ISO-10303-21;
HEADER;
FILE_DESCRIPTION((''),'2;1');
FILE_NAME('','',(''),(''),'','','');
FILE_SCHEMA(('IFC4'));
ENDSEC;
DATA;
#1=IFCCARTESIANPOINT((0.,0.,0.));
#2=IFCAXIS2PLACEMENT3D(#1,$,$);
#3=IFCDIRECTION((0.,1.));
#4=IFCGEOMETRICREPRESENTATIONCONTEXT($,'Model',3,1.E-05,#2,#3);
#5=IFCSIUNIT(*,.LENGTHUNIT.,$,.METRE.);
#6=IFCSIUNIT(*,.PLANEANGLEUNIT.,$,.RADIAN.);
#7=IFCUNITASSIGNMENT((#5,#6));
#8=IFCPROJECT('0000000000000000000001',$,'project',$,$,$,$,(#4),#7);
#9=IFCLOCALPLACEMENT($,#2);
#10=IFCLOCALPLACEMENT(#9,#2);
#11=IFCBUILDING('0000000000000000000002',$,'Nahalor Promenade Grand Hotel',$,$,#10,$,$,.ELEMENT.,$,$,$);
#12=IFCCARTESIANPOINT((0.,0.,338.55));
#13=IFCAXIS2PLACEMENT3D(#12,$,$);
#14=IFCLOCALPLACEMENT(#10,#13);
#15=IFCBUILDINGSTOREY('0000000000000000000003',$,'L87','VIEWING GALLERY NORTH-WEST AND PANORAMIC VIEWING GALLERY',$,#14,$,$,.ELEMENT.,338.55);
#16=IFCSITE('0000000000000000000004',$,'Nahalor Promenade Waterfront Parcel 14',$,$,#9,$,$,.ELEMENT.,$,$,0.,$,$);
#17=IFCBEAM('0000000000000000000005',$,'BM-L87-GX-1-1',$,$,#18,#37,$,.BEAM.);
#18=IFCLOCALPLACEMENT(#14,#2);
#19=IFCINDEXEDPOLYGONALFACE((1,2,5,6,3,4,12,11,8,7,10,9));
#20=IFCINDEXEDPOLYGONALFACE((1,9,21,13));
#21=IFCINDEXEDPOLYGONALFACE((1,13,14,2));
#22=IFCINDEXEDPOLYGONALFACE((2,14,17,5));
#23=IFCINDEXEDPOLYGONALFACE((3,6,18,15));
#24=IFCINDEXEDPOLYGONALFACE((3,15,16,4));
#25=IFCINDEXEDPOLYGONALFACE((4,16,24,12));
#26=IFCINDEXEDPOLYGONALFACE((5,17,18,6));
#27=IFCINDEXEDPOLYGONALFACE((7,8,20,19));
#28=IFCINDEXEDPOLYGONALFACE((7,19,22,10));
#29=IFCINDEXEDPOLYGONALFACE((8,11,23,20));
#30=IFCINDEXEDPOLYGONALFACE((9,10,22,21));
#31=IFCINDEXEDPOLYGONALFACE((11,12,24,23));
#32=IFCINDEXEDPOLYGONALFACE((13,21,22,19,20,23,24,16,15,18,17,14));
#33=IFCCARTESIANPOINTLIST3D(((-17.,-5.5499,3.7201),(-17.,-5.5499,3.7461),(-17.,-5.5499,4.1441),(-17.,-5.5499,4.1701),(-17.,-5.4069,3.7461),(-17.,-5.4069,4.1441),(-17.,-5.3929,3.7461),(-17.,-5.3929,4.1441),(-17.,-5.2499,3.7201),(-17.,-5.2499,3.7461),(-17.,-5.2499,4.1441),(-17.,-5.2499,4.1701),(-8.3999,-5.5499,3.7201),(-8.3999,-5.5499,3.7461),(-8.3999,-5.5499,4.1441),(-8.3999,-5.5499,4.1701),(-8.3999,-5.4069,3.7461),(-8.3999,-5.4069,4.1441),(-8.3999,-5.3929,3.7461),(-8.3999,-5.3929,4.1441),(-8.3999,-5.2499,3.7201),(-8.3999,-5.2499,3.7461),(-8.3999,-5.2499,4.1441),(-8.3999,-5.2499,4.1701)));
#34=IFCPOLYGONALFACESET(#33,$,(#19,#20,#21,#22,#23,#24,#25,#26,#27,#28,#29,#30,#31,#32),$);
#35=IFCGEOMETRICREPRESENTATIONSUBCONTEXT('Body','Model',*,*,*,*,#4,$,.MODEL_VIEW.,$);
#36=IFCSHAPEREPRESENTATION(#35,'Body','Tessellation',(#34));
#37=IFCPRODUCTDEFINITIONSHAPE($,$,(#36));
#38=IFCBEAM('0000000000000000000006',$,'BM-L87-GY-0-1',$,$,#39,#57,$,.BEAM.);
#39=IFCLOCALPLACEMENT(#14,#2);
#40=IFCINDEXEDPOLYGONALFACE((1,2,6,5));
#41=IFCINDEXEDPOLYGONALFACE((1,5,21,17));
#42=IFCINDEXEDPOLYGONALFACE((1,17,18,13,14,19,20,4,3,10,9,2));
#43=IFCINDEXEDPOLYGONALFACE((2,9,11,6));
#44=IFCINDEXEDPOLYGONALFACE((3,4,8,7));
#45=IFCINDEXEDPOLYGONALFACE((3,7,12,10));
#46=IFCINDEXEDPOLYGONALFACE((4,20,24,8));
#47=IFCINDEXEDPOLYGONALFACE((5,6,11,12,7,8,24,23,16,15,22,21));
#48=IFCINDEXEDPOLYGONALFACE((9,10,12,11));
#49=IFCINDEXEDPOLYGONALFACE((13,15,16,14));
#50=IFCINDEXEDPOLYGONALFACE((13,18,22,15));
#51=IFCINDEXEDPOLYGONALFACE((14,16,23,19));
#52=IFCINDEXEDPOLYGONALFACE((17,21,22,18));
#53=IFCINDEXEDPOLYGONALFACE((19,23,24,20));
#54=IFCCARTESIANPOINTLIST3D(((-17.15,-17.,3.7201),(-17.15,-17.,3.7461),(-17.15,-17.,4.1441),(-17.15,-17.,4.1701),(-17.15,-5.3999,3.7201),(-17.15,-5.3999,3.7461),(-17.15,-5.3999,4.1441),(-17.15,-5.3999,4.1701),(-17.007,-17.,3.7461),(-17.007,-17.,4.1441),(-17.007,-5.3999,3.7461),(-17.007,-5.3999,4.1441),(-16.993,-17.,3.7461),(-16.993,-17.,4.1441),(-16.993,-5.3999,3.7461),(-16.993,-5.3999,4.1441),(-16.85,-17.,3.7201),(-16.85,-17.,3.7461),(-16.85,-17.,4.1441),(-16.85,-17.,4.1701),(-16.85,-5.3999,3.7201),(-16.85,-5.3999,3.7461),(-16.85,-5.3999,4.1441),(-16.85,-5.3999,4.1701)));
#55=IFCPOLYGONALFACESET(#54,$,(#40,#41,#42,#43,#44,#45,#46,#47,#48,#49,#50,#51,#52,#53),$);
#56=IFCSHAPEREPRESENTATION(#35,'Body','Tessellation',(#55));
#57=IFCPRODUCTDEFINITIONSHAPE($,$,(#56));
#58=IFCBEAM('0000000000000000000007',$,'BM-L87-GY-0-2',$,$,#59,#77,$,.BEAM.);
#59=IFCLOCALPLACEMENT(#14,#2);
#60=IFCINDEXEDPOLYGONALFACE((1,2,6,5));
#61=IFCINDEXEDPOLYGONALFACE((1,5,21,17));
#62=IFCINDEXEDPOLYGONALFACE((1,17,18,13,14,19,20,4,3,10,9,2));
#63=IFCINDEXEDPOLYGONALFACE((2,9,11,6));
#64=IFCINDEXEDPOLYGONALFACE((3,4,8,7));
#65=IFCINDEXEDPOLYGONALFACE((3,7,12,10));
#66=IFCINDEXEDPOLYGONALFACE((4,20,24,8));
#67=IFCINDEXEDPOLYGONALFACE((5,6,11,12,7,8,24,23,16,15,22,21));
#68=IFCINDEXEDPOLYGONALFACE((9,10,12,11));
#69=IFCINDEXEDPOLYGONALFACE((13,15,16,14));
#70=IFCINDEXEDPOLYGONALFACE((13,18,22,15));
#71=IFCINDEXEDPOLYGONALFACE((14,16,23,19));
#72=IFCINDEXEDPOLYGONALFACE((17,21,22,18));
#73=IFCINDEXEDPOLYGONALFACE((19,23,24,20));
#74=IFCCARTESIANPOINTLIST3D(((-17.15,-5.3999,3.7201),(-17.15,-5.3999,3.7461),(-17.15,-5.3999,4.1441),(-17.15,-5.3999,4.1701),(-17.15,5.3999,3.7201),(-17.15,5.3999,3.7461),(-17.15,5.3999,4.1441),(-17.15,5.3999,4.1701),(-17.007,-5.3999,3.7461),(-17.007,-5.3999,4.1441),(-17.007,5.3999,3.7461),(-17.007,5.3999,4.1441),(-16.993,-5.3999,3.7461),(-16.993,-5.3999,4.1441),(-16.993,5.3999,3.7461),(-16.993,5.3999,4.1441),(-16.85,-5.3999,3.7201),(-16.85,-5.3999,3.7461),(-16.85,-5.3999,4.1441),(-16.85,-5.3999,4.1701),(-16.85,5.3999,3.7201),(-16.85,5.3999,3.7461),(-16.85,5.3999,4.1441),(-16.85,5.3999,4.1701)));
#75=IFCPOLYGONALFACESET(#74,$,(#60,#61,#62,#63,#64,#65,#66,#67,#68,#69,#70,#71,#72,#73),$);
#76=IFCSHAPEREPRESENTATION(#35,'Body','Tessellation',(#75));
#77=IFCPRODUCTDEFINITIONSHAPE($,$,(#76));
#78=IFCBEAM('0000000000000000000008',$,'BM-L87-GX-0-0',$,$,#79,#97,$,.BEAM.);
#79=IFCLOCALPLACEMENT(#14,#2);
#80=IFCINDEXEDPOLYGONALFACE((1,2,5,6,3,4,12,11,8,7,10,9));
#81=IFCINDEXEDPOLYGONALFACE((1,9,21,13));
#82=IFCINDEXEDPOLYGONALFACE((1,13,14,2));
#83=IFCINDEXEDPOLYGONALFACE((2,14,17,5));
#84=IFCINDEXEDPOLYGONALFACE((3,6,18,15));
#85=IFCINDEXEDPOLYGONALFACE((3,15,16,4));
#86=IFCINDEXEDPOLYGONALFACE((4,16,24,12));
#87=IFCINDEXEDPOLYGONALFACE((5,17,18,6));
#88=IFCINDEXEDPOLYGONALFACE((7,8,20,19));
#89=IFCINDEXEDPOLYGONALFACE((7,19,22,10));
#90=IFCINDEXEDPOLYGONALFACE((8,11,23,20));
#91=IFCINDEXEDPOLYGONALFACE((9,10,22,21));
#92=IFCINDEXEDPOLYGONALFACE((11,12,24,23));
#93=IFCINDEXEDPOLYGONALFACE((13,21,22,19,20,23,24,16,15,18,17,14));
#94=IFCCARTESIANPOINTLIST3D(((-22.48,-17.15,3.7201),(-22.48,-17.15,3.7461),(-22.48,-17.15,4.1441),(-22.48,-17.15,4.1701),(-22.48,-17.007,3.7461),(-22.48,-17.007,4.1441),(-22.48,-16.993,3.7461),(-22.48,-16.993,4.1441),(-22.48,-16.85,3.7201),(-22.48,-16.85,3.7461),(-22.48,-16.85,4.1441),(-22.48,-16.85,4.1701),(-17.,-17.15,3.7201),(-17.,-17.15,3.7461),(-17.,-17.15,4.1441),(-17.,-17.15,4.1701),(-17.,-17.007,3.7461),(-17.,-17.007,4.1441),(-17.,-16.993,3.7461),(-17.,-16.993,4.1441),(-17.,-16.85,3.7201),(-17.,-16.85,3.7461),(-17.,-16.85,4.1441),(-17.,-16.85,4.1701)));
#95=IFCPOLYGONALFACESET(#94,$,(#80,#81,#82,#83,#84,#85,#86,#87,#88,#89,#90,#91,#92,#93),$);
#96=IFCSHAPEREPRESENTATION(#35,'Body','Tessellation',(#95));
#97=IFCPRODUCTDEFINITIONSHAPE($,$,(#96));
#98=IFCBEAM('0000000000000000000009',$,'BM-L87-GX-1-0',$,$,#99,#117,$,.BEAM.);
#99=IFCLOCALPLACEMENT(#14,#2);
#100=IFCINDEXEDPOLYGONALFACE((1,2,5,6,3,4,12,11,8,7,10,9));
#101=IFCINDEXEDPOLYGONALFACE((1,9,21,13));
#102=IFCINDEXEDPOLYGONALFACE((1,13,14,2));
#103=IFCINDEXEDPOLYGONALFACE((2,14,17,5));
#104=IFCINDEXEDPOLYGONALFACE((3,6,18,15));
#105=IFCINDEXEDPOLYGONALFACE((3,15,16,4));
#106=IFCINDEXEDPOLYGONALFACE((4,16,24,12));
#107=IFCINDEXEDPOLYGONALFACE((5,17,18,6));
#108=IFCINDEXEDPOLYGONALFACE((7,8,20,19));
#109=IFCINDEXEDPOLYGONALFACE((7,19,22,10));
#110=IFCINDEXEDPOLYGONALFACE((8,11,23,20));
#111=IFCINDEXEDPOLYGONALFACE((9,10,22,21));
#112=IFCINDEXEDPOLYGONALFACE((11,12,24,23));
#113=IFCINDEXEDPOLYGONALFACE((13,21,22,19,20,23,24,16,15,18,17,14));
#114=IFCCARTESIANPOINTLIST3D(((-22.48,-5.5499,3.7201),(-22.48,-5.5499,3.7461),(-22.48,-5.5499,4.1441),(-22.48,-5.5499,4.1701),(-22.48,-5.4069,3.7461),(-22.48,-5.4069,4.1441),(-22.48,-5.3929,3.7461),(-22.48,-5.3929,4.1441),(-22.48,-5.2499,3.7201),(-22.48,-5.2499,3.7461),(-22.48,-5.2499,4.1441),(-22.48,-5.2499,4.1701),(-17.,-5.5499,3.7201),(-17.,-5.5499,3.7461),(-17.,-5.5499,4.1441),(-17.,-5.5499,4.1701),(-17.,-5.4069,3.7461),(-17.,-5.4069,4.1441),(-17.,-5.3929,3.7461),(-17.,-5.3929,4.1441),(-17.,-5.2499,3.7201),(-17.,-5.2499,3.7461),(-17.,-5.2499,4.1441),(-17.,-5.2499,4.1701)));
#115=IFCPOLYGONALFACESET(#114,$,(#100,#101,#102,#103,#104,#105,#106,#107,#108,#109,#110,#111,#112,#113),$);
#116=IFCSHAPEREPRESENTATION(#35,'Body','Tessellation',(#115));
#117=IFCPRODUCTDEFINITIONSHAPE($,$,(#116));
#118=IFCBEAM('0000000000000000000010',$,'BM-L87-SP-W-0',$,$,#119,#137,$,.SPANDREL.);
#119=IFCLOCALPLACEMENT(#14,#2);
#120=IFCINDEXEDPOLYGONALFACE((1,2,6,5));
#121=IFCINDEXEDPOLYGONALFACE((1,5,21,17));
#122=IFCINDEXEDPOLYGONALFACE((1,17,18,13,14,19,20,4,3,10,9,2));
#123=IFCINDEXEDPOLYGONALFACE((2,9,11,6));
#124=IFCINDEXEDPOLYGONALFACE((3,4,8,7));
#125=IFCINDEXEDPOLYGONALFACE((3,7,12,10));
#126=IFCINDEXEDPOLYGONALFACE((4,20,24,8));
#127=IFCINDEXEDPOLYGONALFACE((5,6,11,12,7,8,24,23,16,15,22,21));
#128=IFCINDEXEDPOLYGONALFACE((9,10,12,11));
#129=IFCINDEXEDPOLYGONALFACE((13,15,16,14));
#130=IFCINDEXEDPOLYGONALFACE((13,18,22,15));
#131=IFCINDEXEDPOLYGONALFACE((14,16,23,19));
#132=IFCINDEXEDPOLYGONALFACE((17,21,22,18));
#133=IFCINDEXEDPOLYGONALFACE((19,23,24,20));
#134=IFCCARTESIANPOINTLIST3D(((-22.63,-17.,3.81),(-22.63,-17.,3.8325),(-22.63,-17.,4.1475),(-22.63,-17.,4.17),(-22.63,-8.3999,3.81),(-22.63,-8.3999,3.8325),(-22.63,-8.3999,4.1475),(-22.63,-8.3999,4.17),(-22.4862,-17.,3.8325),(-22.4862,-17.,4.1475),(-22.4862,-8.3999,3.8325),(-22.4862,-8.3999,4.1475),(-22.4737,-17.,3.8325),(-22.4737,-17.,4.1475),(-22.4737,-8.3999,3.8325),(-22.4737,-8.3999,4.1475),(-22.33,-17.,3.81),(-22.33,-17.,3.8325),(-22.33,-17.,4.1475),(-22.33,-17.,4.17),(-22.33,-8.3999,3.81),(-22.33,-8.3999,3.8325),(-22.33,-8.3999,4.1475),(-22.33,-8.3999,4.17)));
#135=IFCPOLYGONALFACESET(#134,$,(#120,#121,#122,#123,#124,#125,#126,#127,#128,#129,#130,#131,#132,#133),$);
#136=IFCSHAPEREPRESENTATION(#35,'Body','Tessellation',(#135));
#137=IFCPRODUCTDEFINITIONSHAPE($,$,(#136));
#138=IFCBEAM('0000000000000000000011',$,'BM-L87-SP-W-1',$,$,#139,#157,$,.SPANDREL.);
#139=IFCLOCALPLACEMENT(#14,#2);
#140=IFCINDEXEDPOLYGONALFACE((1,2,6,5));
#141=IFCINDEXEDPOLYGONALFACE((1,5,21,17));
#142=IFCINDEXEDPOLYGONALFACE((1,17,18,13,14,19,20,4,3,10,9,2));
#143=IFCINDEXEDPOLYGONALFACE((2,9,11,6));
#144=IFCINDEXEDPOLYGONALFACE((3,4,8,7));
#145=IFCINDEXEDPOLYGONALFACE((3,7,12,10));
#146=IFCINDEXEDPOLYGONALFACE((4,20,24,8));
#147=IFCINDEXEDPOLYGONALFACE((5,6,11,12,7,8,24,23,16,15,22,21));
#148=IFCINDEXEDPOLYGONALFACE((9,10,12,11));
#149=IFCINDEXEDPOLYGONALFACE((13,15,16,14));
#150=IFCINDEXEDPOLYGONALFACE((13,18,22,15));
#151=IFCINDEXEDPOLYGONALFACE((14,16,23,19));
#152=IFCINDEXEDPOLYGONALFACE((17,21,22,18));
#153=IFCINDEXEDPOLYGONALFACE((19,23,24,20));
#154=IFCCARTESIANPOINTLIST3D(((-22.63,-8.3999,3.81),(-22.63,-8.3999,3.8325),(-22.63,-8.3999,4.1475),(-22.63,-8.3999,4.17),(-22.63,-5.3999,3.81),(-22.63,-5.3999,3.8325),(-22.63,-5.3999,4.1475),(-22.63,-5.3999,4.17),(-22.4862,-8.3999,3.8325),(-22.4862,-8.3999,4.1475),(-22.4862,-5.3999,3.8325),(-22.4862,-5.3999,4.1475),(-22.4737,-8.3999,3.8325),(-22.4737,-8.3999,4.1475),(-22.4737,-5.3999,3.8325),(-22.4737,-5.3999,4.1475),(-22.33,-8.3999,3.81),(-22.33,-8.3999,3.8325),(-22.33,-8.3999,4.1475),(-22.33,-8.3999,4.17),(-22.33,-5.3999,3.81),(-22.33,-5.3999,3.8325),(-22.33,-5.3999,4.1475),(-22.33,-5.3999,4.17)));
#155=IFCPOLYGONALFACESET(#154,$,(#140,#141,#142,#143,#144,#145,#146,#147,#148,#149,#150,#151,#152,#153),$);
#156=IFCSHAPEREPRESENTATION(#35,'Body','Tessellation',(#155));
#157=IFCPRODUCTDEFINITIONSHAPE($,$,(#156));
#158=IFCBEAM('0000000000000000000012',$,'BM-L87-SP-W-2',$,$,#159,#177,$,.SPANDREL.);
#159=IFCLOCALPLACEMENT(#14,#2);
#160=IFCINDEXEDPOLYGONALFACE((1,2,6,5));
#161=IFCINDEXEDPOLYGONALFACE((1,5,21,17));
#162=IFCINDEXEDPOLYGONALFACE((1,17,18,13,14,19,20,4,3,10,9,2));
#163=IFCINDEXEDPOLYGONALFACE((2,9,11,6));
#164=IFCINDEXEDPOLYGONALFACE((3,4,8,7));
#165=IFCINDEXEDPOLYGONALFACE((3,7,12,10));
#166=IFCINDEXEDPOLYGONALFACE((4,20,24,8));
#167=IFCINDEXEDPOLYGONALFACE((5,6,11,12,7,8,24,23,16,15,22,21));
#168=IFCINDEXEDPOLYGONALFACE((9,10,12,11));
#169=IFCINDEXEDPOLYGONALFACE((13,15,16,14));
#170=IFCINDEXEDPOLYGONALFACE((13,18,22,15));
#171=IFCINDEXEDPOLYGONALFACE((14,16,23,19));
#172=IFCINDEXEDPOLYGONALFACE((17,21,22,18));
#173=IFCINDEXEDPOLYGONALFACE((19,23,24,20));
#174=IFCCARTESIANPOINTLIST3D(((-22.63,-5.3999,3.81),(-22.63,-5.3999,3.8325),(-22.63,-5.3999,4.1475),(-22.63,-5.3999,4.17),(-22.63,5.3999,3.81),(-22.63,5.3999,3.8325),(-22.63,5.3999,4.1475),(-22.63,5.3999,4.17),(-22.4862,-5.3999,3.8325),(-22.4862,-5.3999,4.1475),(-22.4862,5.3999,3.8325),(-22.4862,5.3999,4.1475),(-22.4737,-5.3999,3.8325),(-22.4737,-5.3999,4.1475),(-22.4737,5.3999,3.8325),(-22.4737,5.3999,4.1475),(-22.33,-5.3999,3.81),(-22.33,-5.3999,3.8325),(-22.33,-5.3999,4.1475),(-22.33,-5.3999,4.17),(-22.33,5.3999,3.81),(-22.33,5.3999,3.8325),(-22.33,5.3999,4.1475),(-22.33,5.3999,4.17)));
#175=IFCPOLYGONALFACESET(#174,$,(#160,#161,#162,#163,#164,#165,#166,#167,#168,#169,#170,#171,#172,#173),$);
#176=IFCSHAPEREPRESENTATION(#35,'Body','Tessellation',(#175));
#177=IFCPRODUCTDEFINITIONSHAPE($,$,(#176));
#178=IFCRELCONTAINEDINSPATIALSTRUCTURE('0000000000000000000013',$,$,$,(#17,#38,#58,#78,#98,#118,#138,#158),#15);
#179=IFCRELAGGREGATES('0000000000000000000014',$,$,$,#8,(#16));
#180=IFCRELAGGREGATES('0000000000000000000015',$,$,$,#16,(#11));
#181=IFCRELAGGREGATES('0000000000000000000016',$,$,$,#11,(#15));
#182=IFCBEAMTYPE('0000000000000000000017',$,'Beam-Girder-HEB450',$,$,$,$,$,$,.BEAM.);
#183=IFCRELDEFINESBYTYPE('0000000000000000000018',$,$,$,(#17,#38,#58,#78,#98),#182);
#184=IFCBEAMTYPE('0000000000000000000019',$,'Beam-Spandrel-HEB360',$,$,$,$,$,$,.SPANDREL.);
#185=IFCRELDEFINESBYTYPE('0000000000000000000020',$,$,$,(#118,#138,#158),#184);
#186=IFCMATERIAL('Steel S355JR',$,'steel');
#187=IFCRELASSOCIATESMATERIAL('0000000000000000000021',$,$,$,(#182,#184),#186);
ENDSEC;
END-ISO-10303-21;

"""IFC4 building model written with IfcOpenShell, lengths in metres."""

from ifc_helpers import new_model, si_unit, direction, frame, origin, origin_2d, place, context, subcontext, project, spatial, i_section, extrude, source, transform, mapped, material, material_profile, profile_set, type_object, element, save


model = new_model("IFC4")

# Units and contexts
model_context = context("Model", 3, precision=1e-05, world=origin(), true_north=direction((0.0, 1.0)))
body_context = subcontext(model_context, "Body", "Model", "MODEL_VIEW")
ifc_project = project(units=[si_unit("LENGTHUNIT", "METRE"), si_unit("PLANEANGLEUNIT", "RADIAN")], contexts=[model_context])

# Site, building, storey
site_placement = place(None, origin())
site = spatial("IfcSite", under=ifc_project, at=site_placement, Name="Nahalor Promenade Waterfront Parcel 14", CompositionType="ELEMENT", RefElevation=0.0)
building_placement = place(site_placement, origin())
building = spatial("IfcBuilding", under=site, at=building_placement, Name="Nahalor Promenade Grand Hotel", CompositionType="ELEMENT")
storey_placement = place(building_placement, frame((0.0, 0.0, 338.55)))
storey = spatial("IfcBuildingStorey", under=building, at=storey_placement, Name="L87", Description="VIEWING GALLERY NORTH-WEST AND PANORAMIC VIEWING GALLERY", CompositionType="ELEMENT", Elevation=338.55)

# Shared definitions
ifc_material_1 = material(Name="Steel S355JR", Category="steel")

# Beams
ifc_material_profile_1 = material_profile(ifc_material_1, i_section(OverallWidth=0.3, OverallDepth=0.45, WebThickness=0.014, FlangeThickness=0.026, at=origin_2d()), Name="HEB 450")
ifc_profile_set_1 = profile_set([ifc_material_profile_1], Name="Steel S355JR")
beam_type_1 = type_object("IfcBeamType", Name="Beam-Girder-HEB450", PredefinedType="BEAM", material=ifc_profile_set_1)
shared_shape_1 = source(origin(), body_context, "Body", "SweptSolid", [
    extrude(i_section(OverallWidth=0.3, OverallDepth=0.45, WebThickness=0.014, FlangeThickness=0.026, at=origin_2d()), origin(), (0.0, 0.0, 1.0), 8.6001),
])
for number, where, z_axis, x_axis, name in (
    (1, (-17.0, -5.3999, 3.9451), (1.0, 0.0, 0.0), (0.0, 1.0, 0.0), "BM-L87-GX-1-1"),
):
    element("IfcBeam", number, at=place(storey_placement, frame(where, z_axis=z_axis, x_axis=x_axis)), inside=storey, type_object=beam_type_1, Name=name, PredefinedType="BEAM", context=body_context, shape_type="MappedRepresentation", body=[
        mapped(shared_shape_1, transform((0.0, 0.0, 0.0), scale=1.0)),
    ])
shared_shape_2 = source(origin(), body_context, "Body", "SweptSolid", [
    extrude(i_section(OverallWidth=0.3, OverallDepth=0.45, WebThickness=0.014, FlangeThickness=0.026, at=origin_2d()), origin(), (0.0, 0.0, 1.0), 11.6001),
])
beam_1_placement = place(storey_placement, frame((-17.0, -17.0, 3.9451), z_axis=(0.0, 1.0, 0.0), x_axis=(-1.0, 0.0, 0.0)))
element("IfcBeam", 2, at=beam_1_placement, inside=storey, type_object=beam_type_1, Name="BM-L87-GY-0-1", PredefinedType="BEAM", context=body_context, shape_type="MappedRepresentation", body=[
    mapped(shared_shape_2, transform((0.0, 0.0, 0.0), scale=1.0)),
])
shared_shape_3 = source(origin(), body_context, "Body", "SweptSolid", [
    extrude(i_section(OverallWidth=0.3, OverallDepth=0.45, WebThickness=0.014, FlangeThickness=0.026, at=origin_2d()), origin(), (0.0, 0.0, 1.0), 10.7998),
])
beam_2_placement = place(storey_placement, frame((-17.0, -5.3999, 3.9451), z_axis=(0.0, 1.0, 0.0), x_axis=(-1.0, 0.0, 0.0)))
element("IfcBeam", 3, at=beam_2_placement, inside=storey, type_object=beam_type_1, Name="BM-L87-GY-0-2", PredefinedType="BEAM", context=body_context, shape_type="MappedRepresentation", body=[
    mapped(shared_shape_3, transform((0.0, 0.0, 0.0), scale=1.0)),
])
shared_shape_4 = source(origin(), body_context, "Body", "SweptSolid", [
    extrude(i_section(OverallWidth=0.3, OverallDepth=0.45, WebThickness=0.014, FlangeThickness=0.026, at=origin_2d()), origin(), (0.0, 0.0, 1.0), 5.48),
])
for number, where, z_axis, x_axis, name in (
    (4, (-22.48, -17.0, 3.9451), (1.0, 0.0, 0.0), (0.0, 1.0, 0.0), "BM-L87-GX-0-0"),
    (5, (-22.48, -5.3999, 3.9451), (1.0, 0.0, 0.0), (0.0, 1.0, 0.0), "BM-L87-GX-1-0"),
):
    element("IfcBeam", number, at=place(storey_placement, frame(where, z_axis=z_axis, x_axis=x_axis)), inside=storey, type_object=beam_type_1, Name=name, PredefinedType="BEAM", context=body_context, shape_type="MappedRepresentation", body=[
        mapped(shared_shape_4, transform((0.0, 0.0, 0.0), scale=1.0)),
    ])
ifc_material_profile_2 = material_profile(ifc_material_1, i_section(OverallWidth=0.3, OverallDepth=0.36, WebThickness=0.0125, FlangeThickness=0.0225, at=origin_2d()), Name="HEB 360")
ifc_profile_set_2 = profile_set([ifc_material_profile_2], Name="Steel S355JR")
beam_type_2 = type_object("IfcBeamType", Name="Beam-Spandrel-HEB360", PredefinedType="SPANDREL", material=ifc_profile_set_2)
shared_shape_5 = source(origin(), body_context, "Body", "SweptSolid", [
    extrude(i_section(OverallWidth=0.3, OverallDepth=0.36, WebThickness=0.0125, FlangeThickness=0.0225, at=origin_2d()), origin(), (0.0, 0.0, 1.0), 8.6001),
])
beam_3_placement = place(storey_placement, frame((-22.48, -17.0, 3.99), z_axis=(0.0, 1.0, 0.0), x_axis=(-1.0, 0.0, 0.0)))
element("IfcBeam", 6, at=beam_3_placement, inside=storey, type_object=beam_type_2, Name="BM-L87-SP-W-0", PredefinedType="SPANDREL", context=body_context, shape_type="MappedRepresentation", body=[
    mapped(shared_shape_5, transform((0.0, 0.0, 0.0), scale=1.0)),
])
shared_shape_6 = source(origin(), body_context, "Body", "SweptSolid", [
    extrude(i_section(OverallWidth=0.3, OverallDepth=0.36, WebThickness=0.0125, FlangeThickness=0.0225, at=origin_2d()), origin(), (0.0, 0.0, 1.0), 3.0),
])
beam_4_placement = place(storey_placement, frame((-22.48, -8.3999, 3.99), z_axis=(0.0, 1.0, 0.0), x_axis=(-1.0, 0.0, 0.0)))
element("IfcBeam", 7, at=beam_4_placement, inside=storey, type_object=beam_type_2, Name="BM-L87-SP-W-1", PredefinedType="SPANDREL", context=body_context, shape_type="MappedRepresentation", body=[
    mapped(shared_shape_6, transform((0.0, 0.0, 0.0), scale=1.0)),
])
shared_shape_7 = source(origin(), body_context, "Body", "SweptSolid", [
    extrude(i_section(OverallWidth=0.3, OverallDepth=0.36, WebThickness=0.0125, FlangeThickness=0.0225, at=origin_2d()), origin(), (0.0, 0.0, 1.0), 10.7998),
])
beam_5_placement = place(storey_placement, frame((-22.48, -5.3999, 3.99), z_axis=(0.0, 1.0, 0.0), x_axis=(-1.0, 0.0, 0.0)))
element("IfcBeam", 8, at=beam_5_placement, inside=storey, type_object=beam_type_2, Name="BM-L87-SP-W-2", PredefinedType="SPANDREL", context=body_context, shape_type="MappedRepresentation", body=[
    mapped(shared_shape_7, transform((0.0, 0.0, 0.0), scale=1.0)),
])

save(model, "model.ifc")
